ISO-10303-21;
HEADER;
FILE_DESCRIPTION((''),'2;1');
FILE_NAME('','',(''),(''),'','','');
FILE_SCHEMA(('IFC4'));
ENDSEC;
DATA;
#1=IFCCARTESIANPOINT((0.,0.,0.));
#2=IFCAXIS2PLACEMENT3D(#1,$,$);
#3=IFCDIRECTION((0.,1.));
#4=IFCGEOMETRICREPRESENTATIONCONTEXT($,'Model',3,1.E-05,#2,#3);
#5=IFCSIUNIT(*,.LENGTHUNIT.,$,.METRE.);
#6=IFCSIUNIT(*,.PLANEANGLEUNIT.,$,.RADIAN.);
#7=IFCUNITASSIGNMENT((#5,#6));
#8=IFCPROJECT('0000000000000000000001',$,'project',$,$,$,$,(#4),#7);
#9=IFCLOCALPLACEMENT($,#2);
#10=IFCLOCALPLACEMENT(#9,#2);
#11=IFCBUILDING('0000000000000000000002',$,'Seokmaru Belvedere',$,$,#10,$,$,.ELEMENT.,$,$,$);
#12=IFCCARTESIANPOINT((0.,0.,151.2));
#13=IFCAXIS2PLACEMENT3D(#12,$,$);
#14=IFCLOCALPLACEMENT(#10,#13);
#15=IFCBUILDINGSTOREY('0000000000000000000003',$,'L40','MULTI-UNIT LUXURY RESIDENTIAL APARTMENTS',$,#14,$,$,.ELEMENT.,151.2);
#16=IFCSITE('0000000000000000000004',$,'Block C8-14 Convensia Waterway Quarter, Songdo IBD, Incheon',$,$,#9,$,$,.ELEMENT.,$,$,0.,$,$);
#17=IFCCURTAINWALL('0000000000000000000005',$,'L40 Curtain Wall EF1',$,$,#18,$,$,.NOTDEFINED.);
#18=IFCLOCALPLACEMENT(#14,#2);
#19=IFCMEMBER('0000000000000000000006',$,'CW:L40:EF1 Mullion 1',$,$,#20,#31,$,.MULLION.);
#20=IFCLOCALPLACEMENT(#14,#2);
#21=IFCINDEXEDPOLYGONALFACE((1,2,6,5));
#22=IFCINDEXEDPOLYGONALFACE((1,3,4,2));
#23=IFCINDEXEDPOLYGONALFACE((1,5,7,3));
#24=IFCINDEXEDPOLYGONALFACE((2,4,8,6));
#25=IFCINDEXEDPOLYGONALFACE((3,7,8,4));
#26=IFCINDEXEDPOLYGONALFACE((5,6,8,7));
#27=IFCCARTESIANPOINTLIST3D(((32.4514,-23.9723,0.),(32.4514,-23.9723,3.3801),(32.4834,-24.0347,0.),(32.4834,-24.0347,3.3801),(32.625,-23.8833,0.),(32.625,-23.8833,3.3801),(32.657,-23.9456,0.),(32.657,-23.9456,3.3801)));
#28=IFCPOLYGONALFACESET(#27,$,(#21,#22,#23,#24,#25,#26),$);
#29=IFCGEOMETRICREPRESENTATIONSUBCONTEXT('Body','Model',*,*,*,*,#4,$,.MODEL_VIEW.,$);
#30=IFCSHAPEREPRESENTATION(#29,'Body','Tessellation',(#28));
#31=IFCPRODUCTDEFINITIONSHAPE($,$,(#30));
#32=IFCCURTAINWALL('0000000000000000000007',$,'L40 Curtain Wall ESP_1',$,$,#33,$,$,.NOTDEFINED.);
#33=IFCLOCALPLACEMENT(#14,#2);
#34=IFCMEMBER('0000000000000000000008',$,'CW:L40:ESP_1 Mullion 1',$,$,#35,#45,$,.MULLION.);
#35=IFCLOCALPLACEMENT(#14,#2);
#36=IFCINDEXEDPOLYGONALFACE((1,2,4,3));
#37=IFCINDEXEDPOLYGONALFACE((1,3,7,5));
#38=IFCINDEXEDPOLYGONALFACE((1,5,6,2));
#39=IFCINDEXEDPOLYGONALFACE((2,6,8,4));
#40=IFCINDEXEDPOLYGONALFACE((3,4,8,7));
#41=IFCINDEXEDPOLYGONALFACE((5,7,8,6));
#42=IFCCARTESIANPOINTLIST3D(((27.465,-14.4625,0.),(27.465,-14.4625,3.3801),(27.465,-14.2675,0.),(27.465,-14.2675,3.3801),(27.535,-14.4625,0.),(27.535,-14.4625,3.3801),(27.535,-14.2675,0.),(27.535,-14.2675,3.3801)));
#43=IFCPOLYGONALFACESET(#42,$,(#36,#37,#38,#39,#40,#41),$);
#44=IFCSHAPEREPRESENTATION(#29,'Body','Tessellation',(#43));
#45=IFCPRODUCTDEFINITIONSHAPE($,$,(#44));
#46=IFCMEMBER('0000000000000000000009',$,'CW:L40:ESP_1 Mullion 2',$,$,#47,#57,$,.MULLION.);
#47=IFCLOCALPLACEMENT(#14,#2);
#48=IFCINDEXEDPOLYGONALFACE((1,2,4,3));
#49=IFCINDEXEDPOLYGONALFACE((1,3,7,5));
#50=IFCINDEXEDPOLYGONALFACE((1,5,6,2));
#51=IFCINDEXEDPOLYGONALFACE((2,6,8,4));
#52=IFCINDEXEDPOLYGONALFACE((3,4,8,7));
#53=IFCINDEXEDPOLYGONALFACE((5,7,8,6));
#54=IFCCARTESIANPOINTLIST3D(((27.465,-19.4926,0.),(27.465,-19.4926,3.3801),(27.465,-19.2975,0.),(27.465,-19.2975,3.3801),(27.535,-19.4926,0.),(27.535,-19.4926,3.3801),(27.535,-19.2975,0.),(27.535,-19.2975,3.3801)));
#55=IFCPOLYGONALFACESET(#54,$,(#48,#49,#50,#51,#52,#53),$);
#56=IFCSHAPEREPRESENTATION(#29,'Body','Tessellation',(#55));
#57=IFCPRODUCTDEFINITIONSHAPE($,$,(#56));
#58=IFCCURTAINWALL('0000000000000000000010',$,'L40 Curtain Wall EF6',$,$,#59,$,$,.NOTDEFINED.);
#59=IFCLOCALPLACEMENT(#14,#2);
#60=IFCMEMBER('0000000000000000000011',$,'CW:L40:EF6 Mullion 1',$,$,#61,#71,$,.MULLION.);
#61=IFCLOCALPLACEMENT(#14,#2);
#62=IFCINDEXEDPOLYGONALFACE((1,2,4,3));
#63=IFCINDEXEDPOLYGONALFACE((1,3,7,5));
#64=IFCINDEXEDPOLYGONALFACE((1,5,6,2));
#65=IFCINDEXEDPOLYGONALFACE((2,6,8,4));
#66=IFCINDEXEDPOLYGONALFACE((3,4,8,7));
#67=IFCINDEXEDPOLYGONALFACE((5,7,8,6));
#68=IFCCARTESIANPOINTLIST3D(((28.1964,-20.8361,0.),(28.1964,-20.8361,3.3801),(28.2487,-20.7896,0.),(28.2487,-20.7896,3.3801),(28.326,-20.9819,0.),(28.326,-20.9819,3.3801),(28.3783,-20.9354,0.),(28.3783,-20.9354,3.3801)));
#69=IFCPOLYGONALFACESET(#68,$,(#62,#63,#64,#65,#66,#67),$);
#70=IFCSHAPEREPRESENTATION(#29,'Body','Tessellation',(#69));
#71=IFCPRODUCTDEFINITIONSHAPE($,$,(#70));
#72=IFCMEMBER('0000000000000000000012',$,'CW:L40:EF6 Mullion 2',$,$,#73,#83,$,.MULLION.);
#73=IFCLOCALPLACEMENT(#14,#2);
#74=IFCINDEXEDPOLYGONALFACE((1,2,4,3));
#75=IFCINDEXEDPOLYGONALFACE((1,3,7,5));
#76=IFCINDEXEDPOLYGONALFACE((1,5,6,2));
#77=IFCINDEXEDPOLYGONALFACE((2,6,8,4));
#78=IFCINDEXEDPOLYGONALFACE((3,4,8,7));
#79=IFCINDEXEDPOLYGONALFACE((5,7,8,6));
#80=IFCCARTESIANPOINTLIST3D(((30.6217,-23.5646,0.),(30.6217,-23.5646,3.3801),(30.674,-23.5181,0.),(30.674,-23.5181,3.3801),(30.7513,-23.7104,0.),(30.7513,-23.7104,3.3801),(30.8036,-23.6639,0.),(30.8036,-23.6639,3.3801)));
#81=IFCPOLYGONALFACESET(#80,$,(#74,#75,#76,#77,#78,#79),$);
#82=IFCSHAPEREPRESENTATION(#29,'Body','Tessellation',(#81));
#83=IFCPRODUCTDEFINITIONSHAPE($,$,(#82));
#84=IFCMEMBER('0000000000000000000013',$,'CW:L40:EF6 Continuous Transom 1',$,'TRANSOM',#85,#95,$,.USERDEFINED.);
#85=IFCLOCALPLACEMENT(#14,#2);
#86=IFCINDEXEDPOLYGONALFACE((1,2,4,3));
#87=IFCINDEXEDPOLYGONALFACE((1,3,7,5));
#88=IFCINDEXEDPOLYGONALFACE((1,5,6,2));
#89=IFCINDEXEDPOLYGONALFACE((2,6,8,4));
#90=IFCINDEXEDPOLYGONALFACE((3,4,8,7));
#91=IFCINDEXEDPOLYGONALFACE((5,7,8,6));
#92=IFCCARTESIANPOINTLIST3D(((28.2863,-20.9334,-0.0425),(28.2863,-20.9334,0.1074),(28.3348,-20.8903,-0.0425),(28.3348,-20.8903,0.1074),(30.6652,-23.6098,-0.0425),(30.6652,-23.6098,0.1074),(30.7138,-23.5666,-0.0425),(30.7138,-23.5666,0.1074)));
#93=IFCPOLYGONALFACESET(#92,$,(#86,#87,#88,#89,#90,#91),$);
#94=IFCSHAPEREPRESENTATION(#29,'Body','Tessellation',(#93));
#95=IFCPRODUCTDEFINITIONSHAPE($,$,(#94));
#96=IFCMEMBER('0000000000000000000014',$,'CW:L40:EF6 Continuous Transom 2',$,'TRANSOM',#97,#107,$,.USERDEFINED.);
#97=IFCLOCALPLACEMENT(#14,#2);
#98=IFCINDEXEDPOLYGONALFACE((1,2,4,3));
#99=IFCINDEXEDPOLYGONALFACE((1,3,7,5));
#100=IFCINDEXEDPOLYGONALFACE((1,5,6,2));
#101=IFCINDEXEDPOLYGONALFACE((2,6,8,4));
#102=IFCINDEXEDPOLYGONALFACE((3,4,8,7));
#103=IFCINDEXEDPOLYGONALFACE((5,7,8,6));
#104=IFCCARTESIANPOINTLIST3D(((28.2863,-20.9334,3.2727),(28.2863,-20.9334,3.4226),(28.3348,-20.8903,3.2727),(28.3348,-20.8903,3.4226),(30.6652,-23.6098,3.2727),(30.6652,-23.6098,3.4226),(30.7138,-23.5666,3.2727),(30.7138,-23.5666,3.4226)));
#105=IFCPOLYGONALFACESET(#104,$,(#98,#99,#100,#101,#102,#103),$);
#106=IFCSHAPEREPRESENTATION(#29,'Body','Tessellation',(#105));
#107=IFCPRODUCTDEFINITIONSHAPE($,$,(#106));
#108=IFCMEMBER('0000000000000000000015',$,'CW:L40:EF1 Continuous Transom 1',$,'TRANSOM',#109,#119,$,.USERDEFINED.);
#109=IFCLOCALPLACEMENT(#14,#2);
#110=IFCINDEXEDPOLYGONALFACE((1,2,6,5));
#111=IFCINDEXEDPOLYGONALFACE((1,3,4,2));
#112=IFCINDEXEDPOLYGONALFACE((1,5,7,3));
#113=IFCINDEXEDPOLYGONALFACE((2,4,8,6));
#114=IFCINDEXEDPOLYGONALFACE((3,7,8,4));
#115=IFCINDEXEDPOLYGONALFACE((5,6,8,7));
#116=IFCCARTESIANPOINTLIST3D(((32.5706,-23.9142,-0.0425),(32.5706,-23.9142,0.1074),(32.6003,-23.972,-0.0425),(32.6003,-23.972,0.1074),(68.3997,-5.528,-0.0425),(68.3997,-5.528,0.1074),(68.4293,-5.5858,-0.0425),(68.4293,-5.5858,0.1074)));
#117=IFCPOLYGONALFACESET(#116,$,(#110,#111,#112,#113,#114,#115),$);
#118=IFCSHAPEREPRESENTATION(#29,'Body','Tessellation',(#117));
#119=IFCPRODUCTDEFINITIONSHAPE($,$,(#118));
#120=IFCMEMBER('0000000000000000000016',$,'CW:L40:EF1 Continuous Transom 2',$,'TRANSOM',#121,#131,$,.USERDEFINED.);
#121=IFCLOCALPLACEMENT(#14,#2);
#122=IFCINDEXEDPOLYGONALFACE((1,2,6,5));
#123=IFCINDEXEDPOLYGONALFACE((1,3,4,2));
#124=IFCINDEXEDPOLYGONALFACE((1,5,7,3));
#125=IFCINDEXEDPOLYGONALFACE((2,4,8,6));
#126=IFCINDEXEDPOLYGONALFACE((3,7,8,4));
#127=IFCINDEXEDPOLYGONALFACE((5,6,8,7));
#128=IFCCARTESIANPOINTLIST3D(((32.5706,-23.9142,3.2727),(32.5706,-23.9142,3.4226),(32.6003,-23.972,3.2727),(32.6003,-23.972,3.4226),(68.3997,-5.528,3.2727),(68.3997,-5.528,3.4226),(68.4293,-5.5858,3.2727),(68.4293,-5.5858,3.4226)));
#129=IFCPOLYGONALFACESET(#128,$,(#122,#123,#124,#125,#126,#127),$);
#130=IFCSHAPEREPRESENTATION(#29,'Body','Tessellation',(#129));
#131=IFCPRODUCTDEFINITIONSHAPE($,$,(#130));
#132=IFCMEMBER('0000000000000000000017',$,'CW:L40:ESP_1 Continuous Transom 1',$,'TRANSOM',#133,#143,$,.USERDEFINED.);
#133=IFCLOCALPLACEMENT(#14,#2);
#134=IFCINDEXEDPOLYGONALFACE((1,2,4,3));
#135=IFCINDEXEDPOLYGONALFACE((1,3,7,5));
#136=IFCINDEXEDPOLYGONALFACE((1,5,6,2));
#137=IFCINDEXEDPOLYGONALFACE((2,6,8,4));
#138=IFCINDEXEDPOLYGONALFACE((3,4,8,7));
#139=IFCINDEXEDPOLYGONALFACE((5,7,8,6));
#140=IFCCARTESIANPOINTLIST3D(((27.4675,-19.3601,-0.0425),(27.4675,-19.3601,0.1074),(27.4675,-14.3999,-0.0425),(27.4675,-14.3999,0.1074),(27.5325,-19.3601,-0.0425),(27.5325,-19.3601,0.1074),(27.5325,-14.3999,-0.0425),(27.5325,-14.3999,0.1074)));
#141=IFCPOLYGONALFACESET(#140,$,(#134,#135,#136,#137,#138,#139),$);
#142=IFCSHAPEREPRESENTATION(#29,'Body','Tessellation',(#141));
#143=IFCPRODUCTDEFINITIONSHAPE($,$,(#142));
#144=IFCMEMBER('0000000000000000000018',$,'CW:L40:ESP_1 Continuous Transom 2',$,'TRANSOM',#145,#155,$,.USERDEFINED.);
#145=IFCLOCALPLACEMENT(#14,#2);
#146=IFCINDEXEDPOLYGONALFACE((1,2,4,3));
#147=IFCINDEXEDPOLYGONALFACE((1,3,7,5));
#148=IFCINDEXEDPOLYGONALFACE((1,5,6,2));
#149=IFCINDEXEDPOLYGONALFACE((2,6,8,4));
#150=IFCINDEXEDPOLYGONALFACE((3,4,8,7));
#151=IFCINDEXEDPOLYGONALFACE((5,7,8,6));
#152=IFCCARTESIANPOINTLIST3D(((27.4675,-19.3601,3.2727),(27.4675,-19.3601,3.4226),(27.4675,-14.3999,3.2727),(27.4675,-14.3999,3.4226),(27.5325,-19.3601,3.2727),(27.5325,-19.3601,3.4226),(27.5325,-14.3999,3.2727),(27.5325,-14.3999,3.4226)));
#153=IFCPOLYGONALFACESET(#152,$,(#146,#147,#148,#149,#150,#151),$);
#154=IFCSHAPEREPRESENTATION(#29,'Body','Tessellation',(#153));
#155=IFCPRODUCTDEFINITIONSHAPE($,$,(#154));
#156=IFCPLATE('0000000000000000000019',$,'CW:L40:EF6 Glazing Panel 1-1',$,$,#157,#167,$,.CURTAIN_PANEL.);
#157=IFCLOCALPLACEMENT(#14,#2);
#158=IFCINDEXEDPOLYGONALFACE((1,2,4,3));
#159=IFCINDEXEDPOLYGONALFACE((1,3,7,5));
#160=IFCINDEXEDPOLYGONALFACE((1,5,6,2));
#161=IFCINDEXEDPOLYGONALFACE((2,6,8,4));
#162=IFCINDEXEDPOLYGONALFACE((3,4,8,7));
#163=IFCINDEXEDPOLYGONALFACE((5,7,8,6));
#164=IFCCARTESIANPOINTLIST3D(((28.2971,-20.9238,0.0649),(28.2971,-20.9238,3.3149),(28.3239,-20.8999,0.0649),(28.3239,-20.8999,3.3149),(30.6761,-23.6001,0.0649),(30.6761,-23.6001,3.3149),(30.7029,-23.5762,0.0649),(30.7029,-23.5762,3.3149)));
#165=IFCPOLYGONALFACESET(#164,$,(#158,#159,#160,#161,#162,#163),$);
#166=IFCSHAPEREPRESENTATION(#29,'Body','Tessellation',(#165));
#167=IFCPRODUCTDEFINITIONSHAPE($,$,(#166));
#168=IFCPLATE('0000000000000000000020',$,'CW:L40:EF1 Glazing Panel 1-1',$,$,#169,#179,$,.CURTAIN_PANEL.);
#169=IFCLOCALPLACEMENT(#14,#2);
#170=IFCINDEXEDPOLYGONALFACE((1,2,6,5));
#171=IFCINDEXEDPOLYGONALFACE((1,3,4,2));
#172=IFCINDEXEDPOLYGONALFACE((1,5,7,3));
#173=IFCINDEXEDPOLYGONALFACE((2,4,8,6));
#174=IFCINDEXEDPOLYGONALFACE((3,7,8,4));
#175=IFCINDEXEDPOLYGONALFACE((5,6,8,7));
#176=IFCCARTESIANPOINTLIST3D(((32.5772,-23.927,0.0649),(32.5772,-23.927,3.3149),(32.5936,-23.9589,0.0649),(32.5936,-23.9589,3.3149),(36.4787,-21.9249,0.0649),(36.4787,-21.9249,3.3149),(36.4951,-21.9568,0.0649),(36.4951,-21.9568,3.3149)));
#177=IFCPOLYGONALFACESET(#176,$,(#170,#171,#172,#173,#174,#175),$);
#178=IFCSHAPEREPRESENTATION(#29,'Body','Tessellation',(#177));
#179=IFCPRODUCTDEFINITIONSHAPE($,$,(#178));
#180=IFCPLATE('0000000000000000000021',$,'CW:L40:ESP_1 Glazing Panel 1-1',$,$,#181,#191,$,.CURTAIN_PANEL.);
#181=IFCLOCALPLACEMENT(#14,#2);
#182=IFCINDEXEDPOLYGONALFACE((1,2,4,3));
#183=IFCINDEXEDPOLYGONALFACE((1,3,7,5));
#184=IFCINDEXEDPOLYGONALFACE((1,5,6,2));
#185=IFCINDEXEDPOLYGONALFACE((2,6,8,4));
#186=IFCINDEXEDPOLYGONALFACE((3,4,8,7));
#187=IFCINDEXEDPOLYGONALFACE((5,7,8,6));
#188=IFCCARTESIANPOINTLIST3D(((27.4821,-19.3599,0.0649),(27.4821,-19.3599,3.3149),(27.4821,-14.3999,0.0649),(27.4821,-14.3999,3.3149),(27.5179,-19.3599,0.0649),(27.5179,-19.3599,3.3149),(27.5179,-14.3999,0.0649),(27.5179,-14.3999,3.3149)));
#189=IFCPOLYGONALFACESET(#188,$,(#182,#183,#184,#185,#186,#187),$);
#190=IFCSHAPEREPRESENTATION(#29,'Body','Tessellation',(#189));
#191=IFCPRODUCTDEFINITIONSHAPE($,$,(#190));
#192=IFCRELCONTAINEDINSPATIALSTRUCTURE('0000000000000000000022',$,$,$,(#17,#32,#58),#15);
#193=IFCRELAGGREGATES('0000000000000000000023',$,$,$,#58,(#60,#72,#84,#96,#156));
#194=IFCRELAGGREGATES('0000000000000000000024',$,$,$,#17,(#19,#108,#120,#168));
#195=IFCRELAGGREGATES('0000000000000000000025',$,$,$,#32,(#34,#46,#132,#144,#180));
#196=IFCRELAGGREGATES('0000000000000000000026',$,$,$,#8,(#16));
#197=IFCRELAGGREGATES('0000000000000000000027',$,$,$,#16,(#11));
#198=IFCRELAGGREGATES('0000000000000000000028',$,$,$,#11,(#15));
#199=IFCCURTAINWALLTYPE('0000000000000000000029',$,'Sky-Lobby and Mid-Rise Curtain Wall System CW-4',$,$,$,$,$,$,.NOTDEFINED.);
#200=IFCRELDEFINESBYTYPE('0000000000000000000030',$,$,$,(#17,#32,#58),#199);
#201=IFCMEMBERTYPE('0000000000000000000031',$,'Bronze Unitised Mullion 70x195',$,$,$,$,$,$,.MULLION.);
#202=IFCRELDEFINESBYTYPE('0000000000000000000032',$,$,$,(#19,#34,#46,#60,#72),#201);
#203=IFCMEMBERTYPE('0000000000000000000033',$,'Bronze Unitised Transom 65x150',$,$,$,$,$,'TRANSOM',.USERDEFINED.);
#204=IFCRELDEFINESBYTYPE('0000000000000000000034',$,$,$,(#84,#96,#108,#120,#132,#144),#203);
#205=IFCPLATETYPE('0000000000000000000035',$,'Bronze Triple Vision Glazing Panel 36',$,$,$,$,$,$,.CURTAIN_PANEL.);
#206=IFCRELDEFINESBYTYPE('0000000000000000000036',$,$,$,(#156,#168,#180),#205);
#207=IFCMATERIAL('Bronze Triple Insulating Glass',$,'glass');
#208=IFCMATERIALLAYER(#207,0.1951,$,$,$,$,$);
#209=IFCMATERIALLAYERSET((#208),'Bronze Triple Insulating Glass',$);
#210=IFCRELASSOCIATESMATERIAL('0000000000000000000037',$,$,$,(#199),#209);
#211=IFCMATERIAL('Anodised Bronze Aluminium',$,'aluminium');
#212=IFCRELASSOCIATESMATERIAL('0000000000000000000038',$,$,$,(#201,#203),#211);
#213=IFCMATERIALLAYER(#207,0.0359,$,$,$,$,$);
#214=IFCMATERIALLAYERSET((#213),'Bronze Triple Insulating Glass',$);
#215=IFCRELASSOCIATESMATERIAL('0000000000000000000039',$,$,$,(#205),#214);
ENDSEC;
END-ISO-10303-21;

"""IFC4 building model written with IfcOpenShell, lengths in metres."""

from ifc_helpers import new_model, si_unit, direction, frame, origin, origin_2d, place, context, subcontext, project, spatial, rectangle, extrude, source, transform, mapped, material, layer, layer_set, material_profile, profile_set, type_object, type_shapes, element, aggregate, save


model = new_model("IFC4")

# Units and contexts
model_context = context("Model", 3, precision=1e-05, world=origin(), true_north=direction((0.0, 1.0)))
body_context = subcontext(model_context, "Body", "Model", "MODEL_VIEW")
ifc_project = project(units=[si_unit("LENGTHUNIT", "METRE"), si_unit("PLANEANGLEUNIT", "RADIAN")], contexts=[model_context])

# Site, building, storey
site_placement = place(None, origin())
site = spatial("IfcSite", under=ifc_project, at=site_placement, Name="Block C8-14 Convensia Waterway Quarter, Songdo IBD, Incheon", CompositionType="ELEMENT", RefElevation=0.0)
building_placement = place(site_placement, origin())
building = spatial("IfcBuilding", under=site, at=building_placement, Name="Seokmaru Belvedere", CompositionType="ELEMENT")
storey_placement = place(building_placement, frame((0.0, 0.0, 151.2)))
storey = spatial("IfcBuildingStorey", under=building, at=storey_placement, Name="L40", Description="MULTI-UNIT LUXURY RESIDENTIAL APARTMENTS", CompositionType="ELEMENT", Elevation=151.2)

# Curtain wall, member
ifc_material_1 = material(Name="Bronze Triple Insulating Glass", Category="glass")
ifc_layer_1 = layer(ifc_material_1, 0.1951)
ifc_layer_set_1 = layer_set([ifc_layer_1], Name="Bronze Triple Insulating Glass")
curtain_wall_type = type_object("IfcCurtainWallType", Name="Sky-Lobby and Mid-Rise Curtain Wall System CW-4", PredefinedType="NOTDEFINED", material=ifc_layer_set_1)
curtain_wall_1_placement = place(storey_placement, origin())
curtain_wall_1 = element("IfcCurtainWall", 1, at=curtain_wall_1_placement, inside=storey, type_object=curtain_wall_type, Name="L40 Curtain Wall EF1", PredefinedType="NOTDEFINED")
ifc_material_2 = material(Name="Anodised Bronze Aluminium", Category="aluminium")
ifc_material_profile_1 = material_profile(ifc_material_2, rectangle(XDim=0.0701, YDim=0.1951, at=origin_2d()), Name="CW-M-70x195")
ifc_profile_set_1 = profile_set([ifc_material_profile_1], Name="Anodised Bronze Aluminium")
member_type_1 = type_object("IfcMemberType", Name="Bronze Unitised Mullion 70x195", PredefinedType="MULLION", material=ifc_profile_set_1)
shared_shape_1 = source(origin(), body_context, "Body", "SweptSolid", [
    extrude(rectangle(XDim=0.0701, YDim=0.1951, at=origin_2d()), origin(), (0.0, 0.0, 1.0), 3.3801),
])
type_shapes(member_type_1, [shared_shape_1])
member_1_placement = place(storey_placement, frame((32.5542, -23.959, 0.0), z_axis=(0.0, 0.0, 1.0), x_axis=(-0.456555, 0.889695, 0.0)))
member_1 = element("IfcMember", 2, at=member_1_placement, type_object=member_type_1, Name="CW:L40:EF1 Mullion 1", PredefinedType="MULLION", context=body_context, shape_type="MappedRepresentation", body=[
    mapped(shared_shape_1, transform((0.0, 0.0, 0.0), scale=1.0)),
])

# Curtain walls, members
curtain_wall_2_placement = place(storey_placement, origin())
curtain_wall_2 = element("IfcCurtainWall", 3, at=curtain_wall_2_placement, inside=storey, type_object=curtain_wall_type, Name="L40 Curtain Wall ESP_1", PredefinedType="NOTDEFINED")
member_2_placement = place(storey_placement, frame((27.5, -14.365, 0.0), z_axis=(0.0, 0.0, 1.0), x_axis=(1.0, 0.0, 0.0)))
member_2 = element("IfcMember", 4, at=member_2_placement, type_object=member_type_1, Name="CW:L40:ESP_1 Mullion 1", PredefinedType="MULLION", context=body_context, shape_type="MappedRepresentation", body=[
    mapped(shared_shape_1, transform((0.0, 0.0, 0.0), scale=1.0)),
])
member_3_placement = place(storey_placement, frame((27.5, -19.395, 0.0), z_axis=(0.0, 0.0, 1.0), x_axis=(1.0, 0.0, 0.0)))
member_3 = element("IfcMember", 5, at=member_3_placement, type_object=member_type_1, Name="CW:L40:ESP_1 Mullion 2", PredefinedType="MULLION", context=body_context, shape_type="MappedRepresentation", body=[
    mapped(shared_shape_1, transform((0.0, 0.0, 0.0), scale=1.0)),
])
curtain_wall_3_placement = place(storey_placement, origin())
curtain_wall_3 = element("IfcCurtainWall", 6, at=curtain_wall_3_placement, inside=storey, type_object=curtain_wall_type, Name="L40 Curtain Wall EF6", PredefinedType="NOTDEFINED")
member_4_placement = place(storey_placement, frame((28.2874, -20.8857, 0.0), z_axis=(0.0, 0.0, 1.0), x_axis=(0.74741, 0.664363, 0.0)))
member_4 = element("IfcMember", 7, at=member_4_placement, type_object=member_type_1, Name="CW:L40:EF6 Mullion 1", PredefinedType="MULLION", context=body_context, shape_type="MappedRepresentation", body=[
    mapped(shared_shape_1, transform((0.0, 0.0, 0.0), scale=1.0)),
])
member_5_placement = place(storey_placement, frame((30.7126, -23.6143, 0.0), z_axis=(0.0, 0.0, 1.0), x_axis=(0.74741, 0.664363, 0.0)))
member_5 = element("IfcMember", 8, at=member_5_placement, type_object=member_type_1, Name="CW:L40:EF6 Mullion 2", PredefinedType="MULLION", context=body_context, shape_type="MappedRepresentation", body=[
    mapped(shared_shape_1, transform((0.0, 0.0, 0.0), scale=1.0)),
])
ifc_material_profile_2 = material_profile(ifc_material_2, rectangle(XDim=0.0649, YDim=0.1499, at=origin_2d()), Name="CW-T-65x150")
ifc_profile_set_2 = profile_set([ifc_material_profile_2], Name="Anodised Bronze Aluminium")
member_type_2 = type_object("IfcMemberType", Name="Bronze Unitised Transom 65x150", ElementType="TRANSOM", PredefinedType="USERDEFINED", material=ifc_profile_set_2)
shared_shape_2 = source(origin(), body_context, "Body", "SweptSolid", [
    extrude(rectangle(XDim=0.0649, YDim=0.1499, at=origin_2d()), origin(), (0.0, 0.0, 1.0), 3.5808),
])
member_6_placement = place(storey_placement, frame((28.3105, -20.9119, 0.0325), z_axis=(0.664364, -0.747409, 0.0), x_axis=(0.747409, 0.664364, 0.0)))
member_6 = element("IfcMember", 9, at=member_6_placement, type_object=member_type_2, Name="CW:L40:EF6 Continuous Transom 1", ObjectType="TRANSOM", PredefinedType="USERDEFINED", context=body_context, shape_type="MappedRepresentation", body=[
    mapped(shared_shape_2, transform((0.0, 0.0, 0.0), scale=1.0)),
])
member_7_placement = place(storey_placement, frame((28.3105, -20.9119, 3.3477), z_axis=(0.664364, -0.747409, 0.0), x_axis=(0.747409, 0.664364, 0.0)))
member_7 = element("IfcMember", 10, at=member_7_placement, type_object=member_type_2, Name="CW:L40:EF6 Continuous Transom 2", ObjectType="TRANSOM", PredefinedType="USERDEFINED", context=body_context, shape_type="MappedRepresentation", body=[
    mapped(shared_shape_2, transform((0.0, 0.0, 0.0), scale=1.0)),
])

# Members
shared_shape_3 = source(origin(), body_context, "Body", "SweptSolid", [
    extrude(rectangle(XDim=0.0649, YDim=0.1499, at=origin_2d()), origin(), (0.0, 0.0, 1.0), 40.2712),
])
member_8_placement = place(storey_placement, frame((32.5854, -23.9431, 0.0325), z_axis=(0.889693, 0.456559, 0.0), x_axis=(-0.456559, 0.889693, 0.0)))
member_8 = element("IfcMember", 11, at=member_8_placement, type_object=member_type_2, Name="CW:L40:EF1 Continuous Transom 1", ObjectType="TRANSOM", PredefinedType="USERDEFINED", context=body_context, shape_type="MappedRepresentation", body=[
    mapped(shared_shape_3, transform((0.0, 0.0, 0.0), scale=1.0)),
])
member_9_placement = place(storey_placement, frame((32.5854, -23.9431, 3.3477), z_axis=(0.889693, 0.456559, 0.0), x_axis=(-0.456559, 0.889693, 0.0)))
member_9 = element("IfcMember", 12, at=member_9_placement, type_object=member_type_2, Name="CW:L40:EF1 Continuous Transom 2", ObjectType="TRANSOM", PredefinedType="USERDEFINED", context=body_context, shape_type="MappedRepresentation", body=[
    mapped(shared_shape_3, transform((0.0, 0.0, 0.0), scale=1.0)),
])
shared_shape_4 = source(origin(), body_context, "Body", "SweptSolid", [
    extrude(rectangle(XDim=0.0649, YDim=0.1499, at=origin_2d()), origin(), (0.0, 0.0, 1.0), 4.9602),
])
type_shapes(member_type_2, [shared_shape_2, shared_shape_3, shared_shape_4])
member_10_placement = place(storey_placement, frame((27.5, -14.3999, 0.0325), z_axis=(0.0, -1.0, 0.0), x_axis=(1.0, 0.0, 0.0)))
member_10 = element("IfcMember", 13, at=member_10_placement, type_object=member_type_2, Name="CW:L40:ESP_1 Continuous Transom 1", ObjectType="TRANSOM", PredefinedType="USERDEFINED", context=body_context, shape_type="MappedRepresentation", body=[
    mapped(shared_shape_4, transform((0.0, 0.0, 0.0), scale=1.0)),
])
member_11_placement = place(storey_placement, frame((27.5, -14.3999, 3.3477), z_axis=(0.0, -1.0, 0.0), x_axis=(1.0, 0.0, 0.0)))
member_11 = element("IfcMember", 14, at=member_11_placement, type_object=member_type_2, Name="CW:L40:ESP_1 Continuous Transom 2", ObjectType="TRANSOM", PredefinedType="USERDEFINED", context=body_context, shape_type="MappedRepresentation", body=[
    mapped(shared_shape_4, transform((0.0, 0.0, 0.0), scale=1.0)),
])

# Plates
ifc_layer_2 = layer(ifc_material_1, 0.0359)
ifc_layer_set_2 = layer_set([ifc_layer_2], Name="Bronze Triple Insulating Glass")
plate_type = type_object("IfcPlateType", Name="Bronze Triple Vision Glazing Panel 36", PredefinedType="CURTAIN_PANEL", material=ifc_layer_set_2)
shared_shape_5 = source(origin(), body_context, "Body", "SweptSolid", [
    extrude(rectangle(XDim=3.5808, YDim=0.0359, at=origin_2d()), origin(), (0.0, 0.0, 1.0), 3.25),
])
plate_1_placement = place(storey_placement, frame((29.5, -22.25, 0.0649), z_axis=(0.0, 0.0, 1.0), x_axis=(0.664363, -0.74741, 0.0)))
plate_1 = element("IfcPlate", 15, at=plate_1_placement, type_object=plate_type, Name="CW:L40:EF6 Glazing Panel 1-1", PredefinedType="CURTAIN_PANEL", context=body_context, shape_type="MappedRepresentation", body=[
    mapped(shared_shape_5, transform((0.0, 0.0, 0.0), scale=1.0)),
])
aggregate(curtain_wall_3, [member_4, member_5, member_6, member_7, plate_1])
shared_shape_6 = source(origin(), body_context, "Body", "SweptSolid", [
    extrude(rectangle(XDim=4.3853, YDim=0.0359, at=origin_2d()), origin(), (0.0, 0.0, 1.0), 3.25),
])
plate_2_placement = place(storey_placement, frame((34.5361, -22.9419, 0.0649), z_axis=(0.0, 0.0, 1.0), x_axis=(0.889695, 0.456555, 0.0)))
plate_2 = element("IfcPlate", 16, at=plate_2_placement, type_object=plate_type, Name="CW:L40:EF1 Glazing Panel 1-1", PredefinedType="CURTAIN_PANEL", context=body_context, shape_type="MappedRepresentation", body=[
    mapped(shared_shape_6, transform((0.0, 0.0, 0.0), scale=1.0)),
])
aggregate(curtain_wall_1, [member_1, member_8, member_9, plate_2])
shared_shape_7 = source(origin(), body_context, "Body", "SweptSolid", [
    extrude(rectangle(XDim=4.96, YDim=0.0359, at=origin_2d()), origin(), (0.0, 0.0, 1.0), 3.25),
])
type_shapes(plate_type, [shared_shape_5, shared_shape_6, shared_shape_7])
plate_3_placement = place(storey_placement, frame((27.5, -16.8799, 0.0649), z_axis=(0.0, 0.0, 1.0), x_axis=(0.0, -1.0, 0.0)))
plate_3 = element("IfcPlate", 17, at=plate_3_placement, type_object=plate_type, Name="CW:L40:ESP_1 Glazing Panel 1-1", PredefinedType="CURTAIN_PANEL", context=body_context, shape_type="MappedRepresentation", body=[
    mapped(shared_shape_7, transform((0.0, 0.0, 0.0), scale=1.0)),
])
aggregate(curtain_wall_2, [member_2, member_3, member_10, member_11, plate_3])

save(model, "model.ifc")
